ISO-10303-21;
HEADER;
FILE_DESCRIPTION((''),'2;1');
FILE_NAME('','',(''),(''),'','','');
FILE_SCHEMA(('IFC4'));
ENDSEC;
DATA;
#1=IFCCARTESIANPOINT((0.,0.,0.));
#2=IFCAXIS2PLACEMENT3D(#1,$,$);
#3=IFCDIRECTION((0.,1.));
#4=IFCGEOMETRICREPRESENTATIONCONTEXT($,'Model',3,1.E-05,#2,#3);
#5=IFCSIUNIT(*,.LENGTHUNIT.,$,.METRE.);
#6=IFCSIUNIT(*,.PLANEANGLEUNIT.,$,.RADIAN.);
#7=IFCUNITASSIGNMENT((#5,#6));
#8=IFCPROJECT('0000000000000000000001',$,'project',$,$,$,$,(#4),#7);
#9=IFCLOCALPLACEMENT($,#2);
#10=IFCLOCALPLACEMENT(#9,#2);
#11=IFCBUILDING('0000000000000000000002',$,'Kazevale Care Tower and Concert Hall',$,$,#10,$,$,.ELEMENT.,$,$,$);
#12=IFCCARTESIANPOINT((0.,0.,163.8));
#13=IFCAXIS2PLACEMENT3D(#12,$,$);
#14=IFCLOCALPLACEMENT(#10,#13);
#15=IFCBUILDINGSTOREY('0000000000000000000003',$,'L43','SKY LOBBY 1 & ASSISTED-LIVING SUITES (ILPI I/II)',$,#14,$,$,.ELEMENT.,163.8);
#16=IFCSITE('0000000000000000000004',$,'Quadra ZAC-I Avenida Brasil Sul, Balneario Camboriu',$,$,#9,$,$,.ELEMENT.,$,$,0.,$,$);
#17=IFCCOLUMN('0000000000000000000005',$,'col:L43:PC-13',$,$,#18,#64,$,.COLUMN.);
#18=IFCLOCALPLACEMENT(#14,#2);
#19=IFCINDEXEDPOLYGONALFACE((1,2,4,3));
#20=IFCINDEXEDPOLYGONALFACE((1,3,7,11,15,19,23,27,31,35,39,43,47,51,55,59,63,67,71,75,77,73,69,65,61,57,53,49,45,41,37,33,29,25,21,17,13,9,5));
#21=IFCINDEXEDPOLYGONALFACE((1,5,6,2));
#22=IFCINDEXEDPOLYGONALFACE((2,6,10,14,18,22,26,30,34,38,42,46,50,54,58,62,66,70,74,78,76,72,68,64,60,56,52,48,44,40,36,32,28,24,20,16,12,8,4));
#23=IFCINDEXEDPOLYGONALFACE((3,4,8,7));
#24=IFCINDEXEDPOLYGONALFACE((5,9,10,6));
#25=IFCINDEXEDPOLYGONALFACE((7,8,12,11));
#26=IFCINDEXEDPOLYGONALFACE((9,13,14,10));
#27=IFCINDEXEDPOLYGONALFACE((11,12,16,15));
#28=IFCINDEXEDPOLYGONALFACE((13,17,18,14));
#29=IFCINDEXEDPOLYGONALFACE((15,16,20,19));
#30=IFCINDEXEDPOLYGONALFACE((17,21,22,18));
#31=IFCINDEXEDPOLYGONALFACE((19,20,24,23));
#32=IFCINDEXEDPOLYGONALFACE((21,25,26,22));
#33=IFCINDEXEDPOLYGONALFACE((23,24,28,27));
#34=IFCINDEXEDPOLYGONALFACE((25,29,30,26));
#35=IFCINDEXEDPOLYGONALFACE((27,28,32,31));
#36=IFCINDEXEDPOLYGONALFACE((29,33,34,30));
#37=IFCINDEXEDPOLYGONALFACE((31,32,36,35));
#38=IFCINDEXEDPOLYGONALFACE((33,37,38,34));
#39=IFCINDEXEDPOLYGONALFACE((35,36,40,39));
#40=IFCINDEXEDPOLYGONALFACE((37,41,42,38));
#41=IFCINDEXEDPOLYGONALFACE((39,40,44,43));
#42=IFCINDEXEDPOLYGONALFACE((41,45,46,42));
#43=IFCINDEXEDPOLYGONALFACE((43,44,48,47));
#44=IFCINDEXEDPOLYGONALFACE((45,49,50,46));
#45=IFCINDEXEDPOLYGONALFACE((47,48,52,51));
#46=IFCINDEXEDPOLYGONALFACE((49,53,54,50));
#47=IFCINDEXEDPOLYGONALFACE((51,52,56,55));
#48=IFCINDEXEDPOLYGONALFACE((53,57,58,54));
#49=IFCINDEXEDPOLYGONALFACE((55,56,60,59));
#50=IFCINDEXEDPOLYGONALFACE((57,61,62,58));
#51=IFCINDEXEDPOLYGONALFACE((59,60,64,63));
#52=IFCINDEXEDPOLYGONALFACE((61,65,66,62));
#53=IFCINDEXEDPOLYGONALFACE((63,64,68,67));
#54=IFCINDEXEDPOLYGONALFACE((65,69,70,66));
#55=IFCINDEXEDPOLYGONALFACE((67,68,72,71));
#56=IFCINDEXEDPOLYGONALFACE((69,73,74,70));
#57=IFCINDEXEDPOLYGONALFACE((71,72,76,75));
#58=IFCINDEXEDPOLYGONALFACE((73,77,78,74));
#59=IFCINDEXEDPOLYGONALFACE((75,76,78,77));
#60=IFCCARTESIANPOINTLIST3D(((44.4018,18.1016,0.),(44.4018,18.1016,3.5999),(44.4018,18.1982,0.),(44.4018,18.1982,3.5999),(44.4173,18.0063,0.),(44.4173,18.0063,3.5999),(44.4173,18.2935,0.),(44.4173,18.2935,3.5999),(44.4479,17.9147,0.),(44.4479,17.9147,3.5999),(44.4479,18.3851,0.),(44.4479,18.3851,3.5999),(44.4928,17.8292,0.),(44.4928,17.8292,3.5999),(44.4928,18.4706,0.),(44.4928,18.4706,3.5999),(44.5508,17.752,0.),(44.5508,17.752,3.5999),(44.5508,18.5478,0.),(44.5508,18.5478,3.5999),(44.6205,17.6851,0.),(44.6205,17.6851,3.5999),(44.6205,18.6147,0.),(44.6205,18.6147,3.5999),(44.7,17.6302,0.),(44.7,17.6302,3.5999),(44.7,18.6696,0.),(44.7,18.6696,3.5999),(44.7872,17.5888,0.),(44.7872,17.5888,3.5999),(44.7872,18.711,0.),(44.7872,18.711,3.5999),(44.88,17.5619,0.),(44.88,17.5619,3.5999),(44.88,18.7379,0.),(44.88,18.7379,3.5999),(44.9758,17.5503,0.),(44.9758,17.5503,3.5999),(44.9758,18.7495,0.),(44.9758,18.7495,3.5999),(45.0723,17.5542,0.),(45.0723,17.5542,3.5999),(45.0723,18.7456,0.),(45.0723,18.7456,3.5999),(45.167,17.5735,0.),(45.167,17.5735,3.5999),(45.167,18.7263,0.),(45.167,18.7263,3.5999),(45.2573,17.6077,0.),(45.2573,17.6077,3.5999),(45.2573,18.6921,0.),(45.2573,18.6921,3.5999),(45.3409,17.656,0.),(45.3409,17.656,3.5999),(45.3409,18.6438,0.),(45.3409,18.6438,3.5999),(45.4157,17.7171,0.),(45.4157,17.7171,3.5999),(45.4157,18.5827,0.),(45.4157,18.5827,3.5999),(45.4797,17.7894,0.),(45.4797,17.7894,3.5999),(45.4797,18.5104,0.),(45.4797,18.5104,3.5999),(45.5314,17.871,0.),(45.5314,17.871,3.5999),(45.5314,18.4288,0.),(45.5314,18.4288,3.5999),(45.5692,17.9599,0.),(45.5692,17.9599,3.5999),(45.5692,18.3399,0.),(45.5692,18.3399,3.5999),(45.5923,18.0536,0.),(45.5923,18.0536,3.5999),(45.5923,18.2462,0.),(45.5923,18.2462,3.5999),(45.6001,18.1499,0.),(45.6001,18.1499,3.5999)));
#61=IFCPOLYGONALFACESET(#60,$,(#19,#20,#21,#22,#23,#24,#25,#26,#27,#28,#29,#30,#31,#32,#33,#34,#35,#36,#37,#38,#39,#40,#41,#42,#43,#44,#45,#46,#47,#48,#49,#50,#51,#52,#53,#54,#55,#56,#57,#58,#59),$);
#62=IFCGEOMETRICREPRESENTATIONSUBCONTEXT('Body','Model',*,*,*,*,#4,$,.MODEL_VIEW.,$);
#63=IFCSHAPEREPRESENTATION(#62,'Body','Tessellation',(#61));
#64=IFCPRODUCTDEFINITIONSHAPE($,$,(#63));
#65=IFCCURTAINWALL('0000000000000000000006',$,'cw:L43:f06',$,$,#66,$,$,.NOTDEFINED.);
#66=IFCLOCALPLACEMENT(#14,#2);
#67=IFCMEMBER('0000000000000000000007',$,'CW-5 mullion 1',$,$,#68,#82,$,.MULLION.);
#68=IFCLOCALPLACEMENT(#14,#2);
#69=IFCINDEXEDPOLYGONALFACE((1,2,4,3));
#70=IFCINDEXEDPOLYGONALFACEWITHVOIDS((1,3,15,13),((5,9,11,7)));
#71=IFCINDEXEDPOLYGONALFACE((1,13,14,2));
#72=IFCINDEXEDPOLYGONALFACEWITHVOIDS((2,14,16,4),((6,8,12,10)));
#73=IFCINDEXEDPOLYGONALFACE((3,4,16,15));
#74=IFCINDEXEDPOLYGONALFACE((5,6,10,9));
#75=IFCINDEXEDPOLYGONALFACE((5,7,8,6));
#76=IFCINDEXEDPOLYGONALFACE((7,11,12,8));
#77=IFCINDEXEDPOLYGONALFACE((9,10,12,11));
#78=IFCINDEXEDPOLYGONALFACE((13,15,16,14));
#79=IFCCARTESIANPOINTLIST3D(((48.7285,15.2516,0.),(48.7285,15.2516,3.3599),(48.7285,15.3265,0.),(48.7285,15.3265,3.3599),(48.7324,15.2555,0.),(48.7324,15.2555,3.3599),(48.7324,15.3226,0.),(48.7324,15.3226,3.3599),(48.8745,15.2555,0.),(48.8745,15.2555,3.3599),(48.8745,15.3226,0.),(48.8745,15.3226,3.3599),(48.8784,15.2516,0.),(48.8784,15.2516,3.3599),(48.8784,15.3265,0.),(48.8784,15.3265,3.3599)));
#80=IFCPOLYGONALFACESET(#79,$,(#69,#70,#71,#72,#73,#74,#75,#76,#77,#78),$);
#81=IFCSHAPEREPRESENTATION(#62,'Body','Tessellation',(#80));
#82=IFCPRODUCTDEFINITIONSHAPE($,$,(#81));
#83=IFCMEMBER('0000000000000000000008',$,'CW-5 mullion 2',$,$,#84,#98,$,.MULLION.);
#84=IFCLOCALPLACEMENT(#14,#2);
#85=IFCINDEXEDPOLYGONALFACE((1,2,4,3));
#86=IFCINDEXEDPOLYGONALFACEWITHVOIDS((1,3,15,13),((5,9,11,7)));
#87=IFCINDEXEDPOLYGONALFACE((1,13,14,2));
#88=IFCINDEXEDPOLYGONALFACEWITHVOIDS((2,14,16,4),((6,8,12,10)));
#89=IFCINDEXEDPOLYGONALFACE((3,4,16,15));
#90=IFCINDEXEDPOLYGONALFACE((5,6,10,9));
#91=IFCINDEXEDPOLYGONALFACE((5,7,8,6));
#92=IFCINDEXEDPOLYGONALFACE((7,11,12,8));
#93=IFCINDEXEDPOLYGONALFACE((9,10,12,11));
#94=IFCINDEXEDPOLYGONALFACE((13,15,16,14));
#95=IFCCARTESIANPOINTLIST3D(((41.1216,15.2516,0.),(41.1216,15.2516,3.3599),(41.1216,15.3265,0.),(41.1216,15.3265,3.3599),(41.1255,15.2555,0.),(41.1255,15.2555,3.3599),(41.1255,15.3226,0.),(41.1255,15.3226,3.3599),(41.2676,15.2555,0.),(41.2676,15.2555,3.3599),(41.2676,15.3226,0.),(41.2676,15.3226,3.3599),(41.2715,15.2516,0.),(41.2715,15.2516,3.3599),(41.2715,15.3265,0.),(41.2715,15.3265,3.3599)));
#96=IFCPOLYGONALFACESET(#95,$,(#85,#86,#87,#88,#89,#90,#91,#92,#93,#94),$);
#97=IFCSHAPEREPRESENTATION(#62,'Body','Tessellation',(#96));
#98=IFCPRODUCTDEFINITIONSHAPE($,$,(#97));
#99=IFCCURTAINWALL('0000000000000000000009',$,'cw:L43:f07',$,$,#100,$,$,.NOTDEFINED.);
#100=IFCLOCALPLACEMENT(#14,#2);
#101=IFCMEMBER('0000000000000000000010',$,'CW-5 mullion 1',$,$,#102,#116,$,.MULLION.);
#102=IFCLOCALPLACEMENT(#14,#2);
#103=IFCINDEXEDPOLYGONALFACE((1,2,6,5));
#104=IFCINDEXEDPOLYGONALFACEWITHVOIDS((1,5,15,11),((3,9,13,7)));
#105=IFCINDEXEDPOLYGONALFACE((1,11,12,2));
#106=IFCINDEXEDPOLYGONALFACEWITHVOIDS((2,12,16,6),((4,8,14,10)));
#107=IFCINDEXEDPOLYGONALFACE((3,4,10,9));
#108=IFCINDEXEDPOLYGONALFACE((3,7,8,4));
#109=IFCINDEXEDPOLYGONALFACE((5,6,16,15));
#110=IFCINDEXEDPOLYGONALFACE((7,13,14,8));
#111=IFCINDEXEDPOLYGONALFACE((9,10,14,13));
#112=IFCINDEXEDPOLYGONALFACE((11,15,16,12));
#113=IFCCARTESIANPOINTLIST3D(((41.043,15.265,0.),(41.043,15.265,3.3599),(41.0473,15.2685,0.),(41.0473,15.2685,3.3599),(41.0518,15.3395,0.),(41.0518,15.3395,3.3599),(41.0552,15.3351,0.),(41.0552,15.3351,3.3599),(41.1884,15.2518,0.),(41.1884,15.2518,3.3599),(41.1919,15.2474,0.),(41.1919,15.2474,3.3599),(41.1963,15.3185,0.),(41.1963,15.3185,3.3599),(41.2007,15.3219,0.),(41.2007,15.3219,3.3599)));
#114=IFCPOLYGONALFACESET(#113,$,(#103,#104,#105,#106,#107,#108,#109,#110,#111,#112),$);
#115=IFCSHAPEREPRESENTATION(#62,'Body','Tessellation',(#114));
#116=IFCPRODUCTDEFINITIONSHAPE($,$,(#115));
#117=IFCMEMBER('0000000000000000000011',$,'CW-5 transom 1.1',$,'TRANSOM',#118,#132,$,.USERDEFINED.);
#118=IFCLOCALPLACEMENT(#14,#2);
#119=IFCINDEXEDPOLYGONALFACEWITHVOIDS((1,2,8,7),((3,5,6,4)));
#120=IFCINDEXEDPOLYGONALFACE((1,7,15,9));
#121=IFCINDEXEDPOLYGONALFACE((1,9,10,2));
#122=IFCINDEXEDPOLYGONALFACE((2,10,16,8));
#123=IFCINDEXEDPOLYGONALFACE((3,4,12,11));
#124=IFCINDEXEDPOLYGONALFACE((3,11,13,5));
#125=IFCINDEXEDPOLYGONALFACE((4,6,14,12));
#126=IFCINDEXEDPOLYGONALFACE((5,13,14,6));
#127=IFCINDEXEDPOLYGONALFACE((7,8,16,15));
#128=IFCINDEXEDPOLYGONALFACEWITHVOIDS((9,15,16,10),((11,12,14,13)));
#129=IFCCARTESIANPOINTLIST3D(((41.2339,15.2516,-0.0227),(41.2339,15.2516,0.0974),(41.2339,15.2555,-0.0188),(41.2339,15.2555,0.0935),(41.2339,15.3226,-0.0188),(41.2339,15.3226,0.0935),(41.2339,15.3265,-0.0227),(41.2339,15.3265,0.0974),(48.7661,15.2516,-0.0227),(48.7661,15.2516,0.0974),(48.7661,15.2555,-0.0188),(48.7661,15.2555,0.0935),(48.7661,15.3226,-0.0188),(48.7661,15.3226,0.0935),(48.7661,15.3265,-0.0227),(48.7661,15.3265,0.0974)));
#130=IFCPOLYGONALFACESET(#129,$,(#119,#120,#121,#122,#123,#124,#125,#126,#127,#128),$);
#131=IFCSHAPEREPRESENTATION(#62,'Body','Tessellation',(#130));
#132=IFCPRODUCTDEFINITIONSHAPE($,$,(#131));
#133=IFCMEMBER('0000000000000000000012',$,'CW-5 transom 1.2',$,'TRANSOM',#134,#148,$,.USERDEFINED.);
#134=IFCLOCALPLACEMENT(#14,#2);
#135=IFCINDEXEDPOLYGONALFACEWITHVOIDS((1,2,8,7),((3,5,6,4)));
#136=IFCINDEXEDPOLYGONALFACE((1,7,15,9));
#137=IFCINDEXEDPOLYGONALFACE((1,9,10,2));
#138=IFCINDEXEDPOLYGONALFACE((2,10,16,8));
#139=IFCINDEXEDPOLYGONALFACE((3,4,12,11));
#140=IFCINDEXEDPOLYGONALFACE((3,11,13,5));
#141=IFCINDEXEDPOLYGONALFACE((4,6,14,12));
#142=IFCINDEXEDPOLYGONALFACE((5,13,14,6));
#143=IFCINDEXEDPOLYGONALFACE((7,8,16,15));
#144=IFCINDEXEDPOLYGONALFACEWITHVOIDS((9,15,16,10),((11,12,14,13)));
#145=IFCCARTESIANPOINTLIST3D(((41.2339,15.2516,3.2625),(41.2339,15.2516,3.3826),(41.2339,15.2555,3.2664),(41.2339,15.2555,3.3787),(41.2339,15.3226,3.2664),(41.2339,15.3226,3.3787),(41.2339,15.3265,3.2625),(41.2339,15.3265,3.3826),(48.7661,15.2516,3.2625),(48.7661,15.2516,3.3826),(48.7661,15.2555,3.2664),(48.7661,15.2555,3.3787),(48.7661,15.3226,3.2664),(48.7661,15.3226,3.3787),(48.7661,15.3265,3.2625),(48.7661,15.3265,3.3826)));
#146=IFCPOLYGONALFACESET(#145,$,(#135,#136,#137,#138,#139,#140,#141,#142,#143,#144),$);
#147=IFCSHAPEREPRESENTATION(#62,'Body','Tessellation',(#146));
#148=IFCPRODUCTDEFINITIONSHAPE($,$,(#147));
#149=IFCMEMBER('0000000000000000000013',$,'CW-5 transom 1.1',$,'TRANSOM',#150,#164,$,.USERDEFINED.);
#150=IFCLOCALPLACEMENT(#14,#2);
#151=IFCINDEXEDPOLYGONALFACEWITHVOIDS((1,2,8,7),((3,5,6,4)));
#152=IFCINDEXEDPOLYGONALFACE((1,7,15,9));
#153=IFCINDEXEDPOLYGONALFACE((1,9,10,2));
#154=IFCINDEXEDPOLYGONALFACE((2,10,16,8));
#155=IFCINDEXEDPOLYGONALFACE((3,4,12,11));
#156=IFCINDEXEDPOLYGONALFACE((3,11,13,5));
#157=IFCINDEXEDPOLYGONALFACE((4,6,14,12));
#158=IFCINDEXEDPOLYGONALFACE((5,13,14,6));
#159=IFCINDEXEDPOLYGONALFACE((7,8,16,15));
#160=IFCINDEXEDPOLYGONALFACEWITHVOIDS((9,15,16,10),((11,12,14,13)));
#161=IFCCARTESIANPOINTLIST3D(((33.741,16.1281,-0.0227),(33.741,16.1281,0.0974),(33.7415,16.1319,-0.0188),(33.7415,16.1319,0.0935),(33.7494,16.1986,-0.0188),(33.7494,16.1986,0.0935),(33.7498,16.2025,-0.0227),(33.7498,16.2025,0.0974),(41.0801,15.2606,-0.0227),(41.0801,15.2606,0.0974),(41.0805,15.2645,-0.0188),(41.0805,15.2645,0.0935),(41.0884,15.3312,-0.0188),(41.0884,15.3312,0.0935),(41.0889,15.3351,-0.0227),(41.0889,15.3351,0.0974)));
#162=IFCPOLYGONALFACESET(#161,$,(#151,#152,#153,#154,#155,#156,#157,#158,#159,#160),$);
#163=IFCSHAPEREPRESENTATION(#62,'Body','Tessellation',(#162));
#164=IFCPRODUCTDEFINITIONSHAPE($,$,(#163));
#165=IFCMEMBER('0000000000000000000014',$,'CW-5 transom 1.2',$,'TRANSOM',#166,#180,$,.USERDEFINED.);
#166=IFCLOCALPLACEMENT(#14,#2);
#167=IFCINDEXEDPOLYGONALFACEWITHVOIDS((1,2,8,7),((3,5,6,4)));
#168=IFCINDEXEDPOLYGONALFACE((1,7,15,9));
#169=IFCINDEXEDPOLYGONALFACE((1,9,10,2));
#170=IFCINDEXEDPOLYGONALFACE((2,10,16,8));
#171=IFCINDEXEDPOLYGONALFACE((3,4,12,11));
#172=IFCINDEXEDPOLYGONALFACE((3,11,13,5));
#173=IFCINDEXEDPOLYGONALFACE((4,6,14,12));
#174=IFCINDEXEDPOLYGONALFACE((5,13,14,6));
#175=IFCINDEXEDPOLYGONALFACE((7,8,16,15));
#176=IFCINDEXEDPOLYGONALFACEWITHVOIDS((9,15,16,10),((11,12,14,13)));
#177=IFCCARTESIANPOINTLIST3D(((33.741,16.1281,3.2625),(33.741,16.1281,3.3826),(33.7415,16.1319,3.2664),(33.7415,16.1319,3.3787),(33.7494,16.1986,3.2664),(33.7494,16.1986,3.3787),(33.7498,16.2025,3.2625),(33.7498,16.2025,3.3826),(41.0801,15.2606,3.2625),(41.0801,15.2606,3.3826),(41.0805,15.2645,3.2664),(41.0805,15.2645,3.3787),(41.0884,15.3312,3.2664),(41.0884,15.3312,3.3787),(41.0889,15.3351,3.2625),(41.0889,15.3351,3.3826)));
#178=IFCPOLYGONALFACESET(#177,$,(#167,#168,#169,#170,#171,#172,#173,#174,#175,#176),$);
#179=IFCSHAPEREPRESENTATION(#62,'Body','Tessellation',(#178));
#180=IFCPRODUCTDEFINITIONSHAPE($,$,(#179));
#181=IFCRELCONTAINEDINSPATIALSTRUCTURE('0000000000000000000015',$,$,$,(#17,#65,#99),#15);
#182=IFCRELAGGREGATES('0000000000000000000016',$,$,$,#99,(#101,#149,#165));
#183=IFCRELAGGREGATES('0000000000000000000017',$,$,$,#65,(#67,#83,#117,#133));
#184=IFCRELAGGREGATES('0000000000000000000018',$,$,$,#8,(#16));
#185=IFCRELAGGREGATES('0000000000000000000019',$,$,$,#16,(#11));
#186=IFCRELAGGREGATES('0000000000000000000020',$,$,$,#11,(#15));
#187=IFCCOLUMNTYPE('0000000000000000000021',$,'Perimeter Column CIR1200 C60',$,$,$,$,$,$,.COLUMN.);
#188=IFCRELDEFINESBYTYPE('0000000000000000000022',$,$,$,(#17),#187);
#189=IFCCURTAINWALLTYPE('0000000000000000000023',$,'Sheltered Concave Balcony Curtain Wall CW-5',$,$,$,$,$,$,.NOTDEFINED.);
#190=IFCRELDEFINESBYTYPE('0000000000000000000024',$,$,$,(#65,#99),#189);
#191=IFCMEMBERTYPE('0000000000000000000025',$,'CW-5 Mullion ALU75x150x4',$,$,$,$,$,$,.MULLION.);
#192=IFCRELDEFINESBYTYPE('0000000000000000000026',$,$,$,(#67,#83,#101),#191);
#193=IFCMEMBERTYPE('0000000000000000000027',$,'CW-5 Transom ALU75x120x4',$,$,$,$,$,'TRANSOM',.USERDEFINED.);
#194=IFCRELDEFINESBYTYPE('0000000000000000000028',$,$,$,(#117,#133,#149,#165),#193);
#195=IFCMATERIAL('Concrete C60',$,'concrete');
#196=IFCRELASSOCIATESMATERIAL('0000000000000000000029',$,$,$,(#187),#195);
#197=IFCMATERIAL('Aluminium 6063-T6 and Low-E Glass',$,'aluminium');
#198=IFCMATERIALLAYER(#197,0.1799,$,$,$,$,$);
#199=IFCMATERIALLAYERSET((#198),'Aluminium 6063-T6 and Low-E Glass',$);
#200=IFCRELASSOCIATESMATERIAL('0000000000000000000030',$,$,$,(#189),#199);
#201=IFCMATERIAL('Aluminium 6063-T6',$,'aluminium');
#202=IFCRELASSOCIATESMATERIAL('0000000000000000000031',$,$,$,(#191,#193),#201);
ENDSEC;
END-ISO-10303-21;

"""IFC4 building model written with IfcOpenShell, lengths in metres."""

from ifc_helpers import new_model, si_unit, direction, frame, origin, origin_2d, place, context, subcontext, project, spatial, hollow_rectangle, circle, extrude, material, layer, layer_set, material_profile, profile_set, type_object, element, aggregate, save


model = new_model("IFC4")

# Units and contexts
model_context = context("Model", 3, precision=1e-05, world=origin(), true_north=direction((0.0, 1.0)))
body_context = subcontext(model_context, "Body", "Model", "MODEL_VIEW")
ifc_project = project(units=[si_unit("LENGTHUNIT", "METRE"), si_unit("PLANEANGLEUNIT", "RADIAN")], contexts=[model_context])

# Site, building, storey
site_placement = place(None, origin())
site = spatial("IfcSite", under=ifc_project, at=site_placement, Name="Quadra ZAC-I Avenida Brasil Sul, Balneario Camboriu", CompositionType="ELEMENT", RefElevation=0.0)
building_placement = place(site_placement, origin())
building = spatial("IfcBuilding", under=site, at=building_placement, Name="Kazevale Care Tower and Concert Hall", CompositionType="ELEMENT")
storey_placement = place(building_placement, frame((0.0, 0.0, 163.8)))
storey = spatial("IfcBuildingStorey", under=building, at=storey_placement, Name="L43", Description="SKY LOBBY 1 & ASSISTED-LIVING SUITES (ILPI I/II)", CompositionType="ELEMENT", Elevation=163.8)

# Column
ifc_material_1 = material(Name="Concrete C60", Category="concrete")
ifc_material_profile_1 = material_profile(ifc_material_1, circle(Radius=0.6001, at=origin_2d()), Name="RC-CIR1200")
ifc_profile_set_1 = profile_set([ifc_material_profile_1], Name="Concrete C60")
column_type = type_object("IfcColumnType", Name="Perimeter Column CIR1200 C60", PredefinedType="COLUMN", material=ifc_profile_set_1)
column_placement = place(storey_placement, frame((45.0, 18.1499, 0.0), z_axis=(0.0, 0.0, 1.0), x_axis=(1.0, 0.0, 0.0)))
element("IfcColumn", 1, at=column_placement, inside=storey, type_object=column_type, Name="col:L43:PC-13", PredefinedType="COLUMN", context=body_context, shape_type="SweptSolid", body=[
    extrude(circle(Radius=0.6001, at=origin_2d()), origin(), (0.0, 0.0, 1.0), 3.5999),
])

# Curtain wall, members
ifc_material_2 = material(Name="Aluminium 6063-T6 and Low-E Glass", Category="aluminium")
ifc_layer_1 = layer(ifc_material_2, 0.1799)
ifc_layer_set_1 = layer_set([ifc_layer_1], Name="Aluminium 6063-T6 and Low-E Glass")
curtain_wall_type = type_object("IfcCurtainWallType", Name="Sheltered Concave Balcony Curtain Wall CW-5", PredefinedType="NOTDEFINED", material=ifc_layer_set_1)
curtain_wall_1_placement = place(storey_placement, origin())
curtain_wall_1 = element("IfcCurtainWall", 2, at=curtain_wall_1_placement, inside=storey, type_object=curtain_wall_type, Name="cw:L43:f06", PredefinedType="NOTDEFINED")
ifc_material_3 = material(Name="Aluminium 6063-T6", Category="aluminium")
ifc_material_profile_2 = material_profile(ifc_material_3, hollow_rectangle(XDim=0.075, YDim=0.1499, WallThickness=0.0039, at=origin_2d()), Name="ALU75x150x4")
ifc_profile_set_2 = profile_set([ifc_material_profile_2], Name="Aluminium 6063-T6")
member_type_1 = type_object("IfcMemberType", Name="CW-5 Mullion ALU75x150x4", PredefinedType="MULLION", material=ifc_profile_set_2)
member_1_placement = place(storey_placement, frame((48.8035, 15.2891, 0.0), z_axis=(0.0, 0.0, 1.0), x_axis=(0.0, -1.0, 0.0)))
member_1 = element("IfcMember", 3, at=member_1_placement, type_object=member_type_1, Name="CW-5 mullion 1", PredefinedType="MULLION", context=body_context, shape_type="SweptSolid", body=[
    extrude(hollow_rectangle(XDim=0.075, YDim=0.1499, WallThickness=0.0039, at=origin_2d()), origin(), (0.0, 0.0, 1.0), 3.3599),
])
member_2_placement = place(storey_placement, frame((41.1965, 15.2891, 0.0), z_axis=(0.0, 0.0, 1.0), x_axis=(0.0, -1.0, 0.0)))
member_2 = element("IfcMember", 4, at=member_2_placement, type_object=member_type_1, Name="CW-5 mullion 2", PredefinedType="MULLION", context=body_context, shape_type="SweptSolid", body=[
    extrude(hollow_rectangle(XDim=0.075, YDim=0.1499, WallThickness=0.0039, at=origin_2d()), origin(), (0.0, 0.0, 1.0), 3.3599),
])

# Curtain wall, member
curtain_wall_2_placement = place(storey_placement, origin())
curtain_wall_2 = element("IfcCurtainWall", 5, at=curtain_wall_2_placement, inside=storey, type_object=curtain_wall_type, Name="cw:L43:f07", PredefinedType="NOTDEFINED")
member_3_placement = place(storey_placement, frame((41.1218, 15.2935, 0.0), z_axis=(0.0, 0.0, 1.0), x_axis=(-0.117372, -0.993088, 0.0)))
member_3 = element("IfcMember", 6, at=member_3_placement, type_object=member_type_1, Name="CW-5 mullion 1", PredefinedType="MULLION", context=body_context, shape_type="SweptSolid", body=[
    extrude(hollow_rectangle(XDim=0.075, YDim=0.1499, WallThickness=0.0039, at=origin_2d()), origin(), (0.0, 0.0, 1.0), 3.3599),
])

# Members
ifc_material_profile_3 = material_profile(ifc_material_3, hollow_rectangle(XDim=0.075, YDim=0.1201, WallThickness=0.0039, at=origin_2d()), Name="ALU75x120x4")
ifc_profile_set_3 = profile_set([ifc_material_profile_3], Name="Aluminium 6063-T6")
member_type_2 = type_object("IfcMemberType", Name="CW-5 Transom ALU75x120x4", ElementType="TRANSOM", PredefinedType="USERDEFINED", material=ifc_profile_set_3)
member_4_placement = place(storey_placement, frame((48.7661, 15.2891, 0.0374), z_axis=(-1.0, 0.0, 0.0), x_axis=(0.0, -1.0, 0.0)))
member_4 = element("IfcMember", 7, at=member_4_placement, type_object=member_type_2, Name="CW-5 transom 1.1", ObjectType="TRANSOM", PredefinedType="USERDEFINED", context=body_context, shape_type="SweptSolid", body=[
    extrude(hollow_rectangle(XDim=0.075, YDim=0.1201, WallThickness=0.0039, at=origin_2d()), origin(), (0.0, 0.0, 1.0), 7.5322),
])
member_5_placement = place(storey_placement, frame((48.7661, 15.2891, 3.3225), z_axis=(-1.0, 0.0, 0.0), x_axis=(0.0, -1.0, 0.0)))
member_5 = element("IfcMember", 8, at=member_5_placement, type_object=member_type_2, Name="CW-5 transom 1.2", ObjectType="TRANSOM", PredefinedType="USERDEFINED", context=body_context, shape_type="SweptSolid", body=[
    extrude(hollow_rectangle(XDim=0.075, YDim=0.1201, WallThickness=0.0039, at=origin_2d()), origin(), (0.0, 0.0, 1.0), 7.5322),
])
member_6_placement = place(storey_placement, frame((41.0845, 15.2979, 0.0374), z_axis=(-0.993088, 0.117376, 0.0), x_axis=(-0.117376, -0.993088, 0.0)))
member_6 = element("IfcMember", 9, at=member_6_placement, type_object=member_type_2, Name="CW-5 transom 1.1", ObjectType="TRANSOM", PredefinedType="USERDEFINED", context=body_context, shape_type="SweptSolid", body=[
    extrude(hollow_rectangle(XDim=0.075, YDim=0.1201, WallThickness=0.0039, at=origin_2d()), origin(), (0.0, 0.0, 1.0), 7.3901),
])
member_7_placement = place(storey_placement, frame((41.0845, 15.2979, 3.3225), z_axis=(-0.993088, 0.117376, 0.0), x_axis=(-0.117376, -0.993088, 0.0)))
member_7 = element("IfcMember", 10, at=member_7_placement, type_object=member_type_2, Name="CW-5 transom 1.2", ObjectType="TRANSOM", PredefinedType="USERDEFINED", context=body_context, shape_type="SweptSolid", body=[
    extrude(hollow_rectangle(XDim=0.075, YDim=0.1201, WallThickness=0.0039, at=origin_2d()), origin(), (0.0, 0.0, 1.0), 7.3901),
])
aggregate(curtain_wall_2, [member_3, member_6, member_7])

aggregate(curtain_wall_1, [member_1, member_2, member_4, member_5])

save(model, "model.ifc")
